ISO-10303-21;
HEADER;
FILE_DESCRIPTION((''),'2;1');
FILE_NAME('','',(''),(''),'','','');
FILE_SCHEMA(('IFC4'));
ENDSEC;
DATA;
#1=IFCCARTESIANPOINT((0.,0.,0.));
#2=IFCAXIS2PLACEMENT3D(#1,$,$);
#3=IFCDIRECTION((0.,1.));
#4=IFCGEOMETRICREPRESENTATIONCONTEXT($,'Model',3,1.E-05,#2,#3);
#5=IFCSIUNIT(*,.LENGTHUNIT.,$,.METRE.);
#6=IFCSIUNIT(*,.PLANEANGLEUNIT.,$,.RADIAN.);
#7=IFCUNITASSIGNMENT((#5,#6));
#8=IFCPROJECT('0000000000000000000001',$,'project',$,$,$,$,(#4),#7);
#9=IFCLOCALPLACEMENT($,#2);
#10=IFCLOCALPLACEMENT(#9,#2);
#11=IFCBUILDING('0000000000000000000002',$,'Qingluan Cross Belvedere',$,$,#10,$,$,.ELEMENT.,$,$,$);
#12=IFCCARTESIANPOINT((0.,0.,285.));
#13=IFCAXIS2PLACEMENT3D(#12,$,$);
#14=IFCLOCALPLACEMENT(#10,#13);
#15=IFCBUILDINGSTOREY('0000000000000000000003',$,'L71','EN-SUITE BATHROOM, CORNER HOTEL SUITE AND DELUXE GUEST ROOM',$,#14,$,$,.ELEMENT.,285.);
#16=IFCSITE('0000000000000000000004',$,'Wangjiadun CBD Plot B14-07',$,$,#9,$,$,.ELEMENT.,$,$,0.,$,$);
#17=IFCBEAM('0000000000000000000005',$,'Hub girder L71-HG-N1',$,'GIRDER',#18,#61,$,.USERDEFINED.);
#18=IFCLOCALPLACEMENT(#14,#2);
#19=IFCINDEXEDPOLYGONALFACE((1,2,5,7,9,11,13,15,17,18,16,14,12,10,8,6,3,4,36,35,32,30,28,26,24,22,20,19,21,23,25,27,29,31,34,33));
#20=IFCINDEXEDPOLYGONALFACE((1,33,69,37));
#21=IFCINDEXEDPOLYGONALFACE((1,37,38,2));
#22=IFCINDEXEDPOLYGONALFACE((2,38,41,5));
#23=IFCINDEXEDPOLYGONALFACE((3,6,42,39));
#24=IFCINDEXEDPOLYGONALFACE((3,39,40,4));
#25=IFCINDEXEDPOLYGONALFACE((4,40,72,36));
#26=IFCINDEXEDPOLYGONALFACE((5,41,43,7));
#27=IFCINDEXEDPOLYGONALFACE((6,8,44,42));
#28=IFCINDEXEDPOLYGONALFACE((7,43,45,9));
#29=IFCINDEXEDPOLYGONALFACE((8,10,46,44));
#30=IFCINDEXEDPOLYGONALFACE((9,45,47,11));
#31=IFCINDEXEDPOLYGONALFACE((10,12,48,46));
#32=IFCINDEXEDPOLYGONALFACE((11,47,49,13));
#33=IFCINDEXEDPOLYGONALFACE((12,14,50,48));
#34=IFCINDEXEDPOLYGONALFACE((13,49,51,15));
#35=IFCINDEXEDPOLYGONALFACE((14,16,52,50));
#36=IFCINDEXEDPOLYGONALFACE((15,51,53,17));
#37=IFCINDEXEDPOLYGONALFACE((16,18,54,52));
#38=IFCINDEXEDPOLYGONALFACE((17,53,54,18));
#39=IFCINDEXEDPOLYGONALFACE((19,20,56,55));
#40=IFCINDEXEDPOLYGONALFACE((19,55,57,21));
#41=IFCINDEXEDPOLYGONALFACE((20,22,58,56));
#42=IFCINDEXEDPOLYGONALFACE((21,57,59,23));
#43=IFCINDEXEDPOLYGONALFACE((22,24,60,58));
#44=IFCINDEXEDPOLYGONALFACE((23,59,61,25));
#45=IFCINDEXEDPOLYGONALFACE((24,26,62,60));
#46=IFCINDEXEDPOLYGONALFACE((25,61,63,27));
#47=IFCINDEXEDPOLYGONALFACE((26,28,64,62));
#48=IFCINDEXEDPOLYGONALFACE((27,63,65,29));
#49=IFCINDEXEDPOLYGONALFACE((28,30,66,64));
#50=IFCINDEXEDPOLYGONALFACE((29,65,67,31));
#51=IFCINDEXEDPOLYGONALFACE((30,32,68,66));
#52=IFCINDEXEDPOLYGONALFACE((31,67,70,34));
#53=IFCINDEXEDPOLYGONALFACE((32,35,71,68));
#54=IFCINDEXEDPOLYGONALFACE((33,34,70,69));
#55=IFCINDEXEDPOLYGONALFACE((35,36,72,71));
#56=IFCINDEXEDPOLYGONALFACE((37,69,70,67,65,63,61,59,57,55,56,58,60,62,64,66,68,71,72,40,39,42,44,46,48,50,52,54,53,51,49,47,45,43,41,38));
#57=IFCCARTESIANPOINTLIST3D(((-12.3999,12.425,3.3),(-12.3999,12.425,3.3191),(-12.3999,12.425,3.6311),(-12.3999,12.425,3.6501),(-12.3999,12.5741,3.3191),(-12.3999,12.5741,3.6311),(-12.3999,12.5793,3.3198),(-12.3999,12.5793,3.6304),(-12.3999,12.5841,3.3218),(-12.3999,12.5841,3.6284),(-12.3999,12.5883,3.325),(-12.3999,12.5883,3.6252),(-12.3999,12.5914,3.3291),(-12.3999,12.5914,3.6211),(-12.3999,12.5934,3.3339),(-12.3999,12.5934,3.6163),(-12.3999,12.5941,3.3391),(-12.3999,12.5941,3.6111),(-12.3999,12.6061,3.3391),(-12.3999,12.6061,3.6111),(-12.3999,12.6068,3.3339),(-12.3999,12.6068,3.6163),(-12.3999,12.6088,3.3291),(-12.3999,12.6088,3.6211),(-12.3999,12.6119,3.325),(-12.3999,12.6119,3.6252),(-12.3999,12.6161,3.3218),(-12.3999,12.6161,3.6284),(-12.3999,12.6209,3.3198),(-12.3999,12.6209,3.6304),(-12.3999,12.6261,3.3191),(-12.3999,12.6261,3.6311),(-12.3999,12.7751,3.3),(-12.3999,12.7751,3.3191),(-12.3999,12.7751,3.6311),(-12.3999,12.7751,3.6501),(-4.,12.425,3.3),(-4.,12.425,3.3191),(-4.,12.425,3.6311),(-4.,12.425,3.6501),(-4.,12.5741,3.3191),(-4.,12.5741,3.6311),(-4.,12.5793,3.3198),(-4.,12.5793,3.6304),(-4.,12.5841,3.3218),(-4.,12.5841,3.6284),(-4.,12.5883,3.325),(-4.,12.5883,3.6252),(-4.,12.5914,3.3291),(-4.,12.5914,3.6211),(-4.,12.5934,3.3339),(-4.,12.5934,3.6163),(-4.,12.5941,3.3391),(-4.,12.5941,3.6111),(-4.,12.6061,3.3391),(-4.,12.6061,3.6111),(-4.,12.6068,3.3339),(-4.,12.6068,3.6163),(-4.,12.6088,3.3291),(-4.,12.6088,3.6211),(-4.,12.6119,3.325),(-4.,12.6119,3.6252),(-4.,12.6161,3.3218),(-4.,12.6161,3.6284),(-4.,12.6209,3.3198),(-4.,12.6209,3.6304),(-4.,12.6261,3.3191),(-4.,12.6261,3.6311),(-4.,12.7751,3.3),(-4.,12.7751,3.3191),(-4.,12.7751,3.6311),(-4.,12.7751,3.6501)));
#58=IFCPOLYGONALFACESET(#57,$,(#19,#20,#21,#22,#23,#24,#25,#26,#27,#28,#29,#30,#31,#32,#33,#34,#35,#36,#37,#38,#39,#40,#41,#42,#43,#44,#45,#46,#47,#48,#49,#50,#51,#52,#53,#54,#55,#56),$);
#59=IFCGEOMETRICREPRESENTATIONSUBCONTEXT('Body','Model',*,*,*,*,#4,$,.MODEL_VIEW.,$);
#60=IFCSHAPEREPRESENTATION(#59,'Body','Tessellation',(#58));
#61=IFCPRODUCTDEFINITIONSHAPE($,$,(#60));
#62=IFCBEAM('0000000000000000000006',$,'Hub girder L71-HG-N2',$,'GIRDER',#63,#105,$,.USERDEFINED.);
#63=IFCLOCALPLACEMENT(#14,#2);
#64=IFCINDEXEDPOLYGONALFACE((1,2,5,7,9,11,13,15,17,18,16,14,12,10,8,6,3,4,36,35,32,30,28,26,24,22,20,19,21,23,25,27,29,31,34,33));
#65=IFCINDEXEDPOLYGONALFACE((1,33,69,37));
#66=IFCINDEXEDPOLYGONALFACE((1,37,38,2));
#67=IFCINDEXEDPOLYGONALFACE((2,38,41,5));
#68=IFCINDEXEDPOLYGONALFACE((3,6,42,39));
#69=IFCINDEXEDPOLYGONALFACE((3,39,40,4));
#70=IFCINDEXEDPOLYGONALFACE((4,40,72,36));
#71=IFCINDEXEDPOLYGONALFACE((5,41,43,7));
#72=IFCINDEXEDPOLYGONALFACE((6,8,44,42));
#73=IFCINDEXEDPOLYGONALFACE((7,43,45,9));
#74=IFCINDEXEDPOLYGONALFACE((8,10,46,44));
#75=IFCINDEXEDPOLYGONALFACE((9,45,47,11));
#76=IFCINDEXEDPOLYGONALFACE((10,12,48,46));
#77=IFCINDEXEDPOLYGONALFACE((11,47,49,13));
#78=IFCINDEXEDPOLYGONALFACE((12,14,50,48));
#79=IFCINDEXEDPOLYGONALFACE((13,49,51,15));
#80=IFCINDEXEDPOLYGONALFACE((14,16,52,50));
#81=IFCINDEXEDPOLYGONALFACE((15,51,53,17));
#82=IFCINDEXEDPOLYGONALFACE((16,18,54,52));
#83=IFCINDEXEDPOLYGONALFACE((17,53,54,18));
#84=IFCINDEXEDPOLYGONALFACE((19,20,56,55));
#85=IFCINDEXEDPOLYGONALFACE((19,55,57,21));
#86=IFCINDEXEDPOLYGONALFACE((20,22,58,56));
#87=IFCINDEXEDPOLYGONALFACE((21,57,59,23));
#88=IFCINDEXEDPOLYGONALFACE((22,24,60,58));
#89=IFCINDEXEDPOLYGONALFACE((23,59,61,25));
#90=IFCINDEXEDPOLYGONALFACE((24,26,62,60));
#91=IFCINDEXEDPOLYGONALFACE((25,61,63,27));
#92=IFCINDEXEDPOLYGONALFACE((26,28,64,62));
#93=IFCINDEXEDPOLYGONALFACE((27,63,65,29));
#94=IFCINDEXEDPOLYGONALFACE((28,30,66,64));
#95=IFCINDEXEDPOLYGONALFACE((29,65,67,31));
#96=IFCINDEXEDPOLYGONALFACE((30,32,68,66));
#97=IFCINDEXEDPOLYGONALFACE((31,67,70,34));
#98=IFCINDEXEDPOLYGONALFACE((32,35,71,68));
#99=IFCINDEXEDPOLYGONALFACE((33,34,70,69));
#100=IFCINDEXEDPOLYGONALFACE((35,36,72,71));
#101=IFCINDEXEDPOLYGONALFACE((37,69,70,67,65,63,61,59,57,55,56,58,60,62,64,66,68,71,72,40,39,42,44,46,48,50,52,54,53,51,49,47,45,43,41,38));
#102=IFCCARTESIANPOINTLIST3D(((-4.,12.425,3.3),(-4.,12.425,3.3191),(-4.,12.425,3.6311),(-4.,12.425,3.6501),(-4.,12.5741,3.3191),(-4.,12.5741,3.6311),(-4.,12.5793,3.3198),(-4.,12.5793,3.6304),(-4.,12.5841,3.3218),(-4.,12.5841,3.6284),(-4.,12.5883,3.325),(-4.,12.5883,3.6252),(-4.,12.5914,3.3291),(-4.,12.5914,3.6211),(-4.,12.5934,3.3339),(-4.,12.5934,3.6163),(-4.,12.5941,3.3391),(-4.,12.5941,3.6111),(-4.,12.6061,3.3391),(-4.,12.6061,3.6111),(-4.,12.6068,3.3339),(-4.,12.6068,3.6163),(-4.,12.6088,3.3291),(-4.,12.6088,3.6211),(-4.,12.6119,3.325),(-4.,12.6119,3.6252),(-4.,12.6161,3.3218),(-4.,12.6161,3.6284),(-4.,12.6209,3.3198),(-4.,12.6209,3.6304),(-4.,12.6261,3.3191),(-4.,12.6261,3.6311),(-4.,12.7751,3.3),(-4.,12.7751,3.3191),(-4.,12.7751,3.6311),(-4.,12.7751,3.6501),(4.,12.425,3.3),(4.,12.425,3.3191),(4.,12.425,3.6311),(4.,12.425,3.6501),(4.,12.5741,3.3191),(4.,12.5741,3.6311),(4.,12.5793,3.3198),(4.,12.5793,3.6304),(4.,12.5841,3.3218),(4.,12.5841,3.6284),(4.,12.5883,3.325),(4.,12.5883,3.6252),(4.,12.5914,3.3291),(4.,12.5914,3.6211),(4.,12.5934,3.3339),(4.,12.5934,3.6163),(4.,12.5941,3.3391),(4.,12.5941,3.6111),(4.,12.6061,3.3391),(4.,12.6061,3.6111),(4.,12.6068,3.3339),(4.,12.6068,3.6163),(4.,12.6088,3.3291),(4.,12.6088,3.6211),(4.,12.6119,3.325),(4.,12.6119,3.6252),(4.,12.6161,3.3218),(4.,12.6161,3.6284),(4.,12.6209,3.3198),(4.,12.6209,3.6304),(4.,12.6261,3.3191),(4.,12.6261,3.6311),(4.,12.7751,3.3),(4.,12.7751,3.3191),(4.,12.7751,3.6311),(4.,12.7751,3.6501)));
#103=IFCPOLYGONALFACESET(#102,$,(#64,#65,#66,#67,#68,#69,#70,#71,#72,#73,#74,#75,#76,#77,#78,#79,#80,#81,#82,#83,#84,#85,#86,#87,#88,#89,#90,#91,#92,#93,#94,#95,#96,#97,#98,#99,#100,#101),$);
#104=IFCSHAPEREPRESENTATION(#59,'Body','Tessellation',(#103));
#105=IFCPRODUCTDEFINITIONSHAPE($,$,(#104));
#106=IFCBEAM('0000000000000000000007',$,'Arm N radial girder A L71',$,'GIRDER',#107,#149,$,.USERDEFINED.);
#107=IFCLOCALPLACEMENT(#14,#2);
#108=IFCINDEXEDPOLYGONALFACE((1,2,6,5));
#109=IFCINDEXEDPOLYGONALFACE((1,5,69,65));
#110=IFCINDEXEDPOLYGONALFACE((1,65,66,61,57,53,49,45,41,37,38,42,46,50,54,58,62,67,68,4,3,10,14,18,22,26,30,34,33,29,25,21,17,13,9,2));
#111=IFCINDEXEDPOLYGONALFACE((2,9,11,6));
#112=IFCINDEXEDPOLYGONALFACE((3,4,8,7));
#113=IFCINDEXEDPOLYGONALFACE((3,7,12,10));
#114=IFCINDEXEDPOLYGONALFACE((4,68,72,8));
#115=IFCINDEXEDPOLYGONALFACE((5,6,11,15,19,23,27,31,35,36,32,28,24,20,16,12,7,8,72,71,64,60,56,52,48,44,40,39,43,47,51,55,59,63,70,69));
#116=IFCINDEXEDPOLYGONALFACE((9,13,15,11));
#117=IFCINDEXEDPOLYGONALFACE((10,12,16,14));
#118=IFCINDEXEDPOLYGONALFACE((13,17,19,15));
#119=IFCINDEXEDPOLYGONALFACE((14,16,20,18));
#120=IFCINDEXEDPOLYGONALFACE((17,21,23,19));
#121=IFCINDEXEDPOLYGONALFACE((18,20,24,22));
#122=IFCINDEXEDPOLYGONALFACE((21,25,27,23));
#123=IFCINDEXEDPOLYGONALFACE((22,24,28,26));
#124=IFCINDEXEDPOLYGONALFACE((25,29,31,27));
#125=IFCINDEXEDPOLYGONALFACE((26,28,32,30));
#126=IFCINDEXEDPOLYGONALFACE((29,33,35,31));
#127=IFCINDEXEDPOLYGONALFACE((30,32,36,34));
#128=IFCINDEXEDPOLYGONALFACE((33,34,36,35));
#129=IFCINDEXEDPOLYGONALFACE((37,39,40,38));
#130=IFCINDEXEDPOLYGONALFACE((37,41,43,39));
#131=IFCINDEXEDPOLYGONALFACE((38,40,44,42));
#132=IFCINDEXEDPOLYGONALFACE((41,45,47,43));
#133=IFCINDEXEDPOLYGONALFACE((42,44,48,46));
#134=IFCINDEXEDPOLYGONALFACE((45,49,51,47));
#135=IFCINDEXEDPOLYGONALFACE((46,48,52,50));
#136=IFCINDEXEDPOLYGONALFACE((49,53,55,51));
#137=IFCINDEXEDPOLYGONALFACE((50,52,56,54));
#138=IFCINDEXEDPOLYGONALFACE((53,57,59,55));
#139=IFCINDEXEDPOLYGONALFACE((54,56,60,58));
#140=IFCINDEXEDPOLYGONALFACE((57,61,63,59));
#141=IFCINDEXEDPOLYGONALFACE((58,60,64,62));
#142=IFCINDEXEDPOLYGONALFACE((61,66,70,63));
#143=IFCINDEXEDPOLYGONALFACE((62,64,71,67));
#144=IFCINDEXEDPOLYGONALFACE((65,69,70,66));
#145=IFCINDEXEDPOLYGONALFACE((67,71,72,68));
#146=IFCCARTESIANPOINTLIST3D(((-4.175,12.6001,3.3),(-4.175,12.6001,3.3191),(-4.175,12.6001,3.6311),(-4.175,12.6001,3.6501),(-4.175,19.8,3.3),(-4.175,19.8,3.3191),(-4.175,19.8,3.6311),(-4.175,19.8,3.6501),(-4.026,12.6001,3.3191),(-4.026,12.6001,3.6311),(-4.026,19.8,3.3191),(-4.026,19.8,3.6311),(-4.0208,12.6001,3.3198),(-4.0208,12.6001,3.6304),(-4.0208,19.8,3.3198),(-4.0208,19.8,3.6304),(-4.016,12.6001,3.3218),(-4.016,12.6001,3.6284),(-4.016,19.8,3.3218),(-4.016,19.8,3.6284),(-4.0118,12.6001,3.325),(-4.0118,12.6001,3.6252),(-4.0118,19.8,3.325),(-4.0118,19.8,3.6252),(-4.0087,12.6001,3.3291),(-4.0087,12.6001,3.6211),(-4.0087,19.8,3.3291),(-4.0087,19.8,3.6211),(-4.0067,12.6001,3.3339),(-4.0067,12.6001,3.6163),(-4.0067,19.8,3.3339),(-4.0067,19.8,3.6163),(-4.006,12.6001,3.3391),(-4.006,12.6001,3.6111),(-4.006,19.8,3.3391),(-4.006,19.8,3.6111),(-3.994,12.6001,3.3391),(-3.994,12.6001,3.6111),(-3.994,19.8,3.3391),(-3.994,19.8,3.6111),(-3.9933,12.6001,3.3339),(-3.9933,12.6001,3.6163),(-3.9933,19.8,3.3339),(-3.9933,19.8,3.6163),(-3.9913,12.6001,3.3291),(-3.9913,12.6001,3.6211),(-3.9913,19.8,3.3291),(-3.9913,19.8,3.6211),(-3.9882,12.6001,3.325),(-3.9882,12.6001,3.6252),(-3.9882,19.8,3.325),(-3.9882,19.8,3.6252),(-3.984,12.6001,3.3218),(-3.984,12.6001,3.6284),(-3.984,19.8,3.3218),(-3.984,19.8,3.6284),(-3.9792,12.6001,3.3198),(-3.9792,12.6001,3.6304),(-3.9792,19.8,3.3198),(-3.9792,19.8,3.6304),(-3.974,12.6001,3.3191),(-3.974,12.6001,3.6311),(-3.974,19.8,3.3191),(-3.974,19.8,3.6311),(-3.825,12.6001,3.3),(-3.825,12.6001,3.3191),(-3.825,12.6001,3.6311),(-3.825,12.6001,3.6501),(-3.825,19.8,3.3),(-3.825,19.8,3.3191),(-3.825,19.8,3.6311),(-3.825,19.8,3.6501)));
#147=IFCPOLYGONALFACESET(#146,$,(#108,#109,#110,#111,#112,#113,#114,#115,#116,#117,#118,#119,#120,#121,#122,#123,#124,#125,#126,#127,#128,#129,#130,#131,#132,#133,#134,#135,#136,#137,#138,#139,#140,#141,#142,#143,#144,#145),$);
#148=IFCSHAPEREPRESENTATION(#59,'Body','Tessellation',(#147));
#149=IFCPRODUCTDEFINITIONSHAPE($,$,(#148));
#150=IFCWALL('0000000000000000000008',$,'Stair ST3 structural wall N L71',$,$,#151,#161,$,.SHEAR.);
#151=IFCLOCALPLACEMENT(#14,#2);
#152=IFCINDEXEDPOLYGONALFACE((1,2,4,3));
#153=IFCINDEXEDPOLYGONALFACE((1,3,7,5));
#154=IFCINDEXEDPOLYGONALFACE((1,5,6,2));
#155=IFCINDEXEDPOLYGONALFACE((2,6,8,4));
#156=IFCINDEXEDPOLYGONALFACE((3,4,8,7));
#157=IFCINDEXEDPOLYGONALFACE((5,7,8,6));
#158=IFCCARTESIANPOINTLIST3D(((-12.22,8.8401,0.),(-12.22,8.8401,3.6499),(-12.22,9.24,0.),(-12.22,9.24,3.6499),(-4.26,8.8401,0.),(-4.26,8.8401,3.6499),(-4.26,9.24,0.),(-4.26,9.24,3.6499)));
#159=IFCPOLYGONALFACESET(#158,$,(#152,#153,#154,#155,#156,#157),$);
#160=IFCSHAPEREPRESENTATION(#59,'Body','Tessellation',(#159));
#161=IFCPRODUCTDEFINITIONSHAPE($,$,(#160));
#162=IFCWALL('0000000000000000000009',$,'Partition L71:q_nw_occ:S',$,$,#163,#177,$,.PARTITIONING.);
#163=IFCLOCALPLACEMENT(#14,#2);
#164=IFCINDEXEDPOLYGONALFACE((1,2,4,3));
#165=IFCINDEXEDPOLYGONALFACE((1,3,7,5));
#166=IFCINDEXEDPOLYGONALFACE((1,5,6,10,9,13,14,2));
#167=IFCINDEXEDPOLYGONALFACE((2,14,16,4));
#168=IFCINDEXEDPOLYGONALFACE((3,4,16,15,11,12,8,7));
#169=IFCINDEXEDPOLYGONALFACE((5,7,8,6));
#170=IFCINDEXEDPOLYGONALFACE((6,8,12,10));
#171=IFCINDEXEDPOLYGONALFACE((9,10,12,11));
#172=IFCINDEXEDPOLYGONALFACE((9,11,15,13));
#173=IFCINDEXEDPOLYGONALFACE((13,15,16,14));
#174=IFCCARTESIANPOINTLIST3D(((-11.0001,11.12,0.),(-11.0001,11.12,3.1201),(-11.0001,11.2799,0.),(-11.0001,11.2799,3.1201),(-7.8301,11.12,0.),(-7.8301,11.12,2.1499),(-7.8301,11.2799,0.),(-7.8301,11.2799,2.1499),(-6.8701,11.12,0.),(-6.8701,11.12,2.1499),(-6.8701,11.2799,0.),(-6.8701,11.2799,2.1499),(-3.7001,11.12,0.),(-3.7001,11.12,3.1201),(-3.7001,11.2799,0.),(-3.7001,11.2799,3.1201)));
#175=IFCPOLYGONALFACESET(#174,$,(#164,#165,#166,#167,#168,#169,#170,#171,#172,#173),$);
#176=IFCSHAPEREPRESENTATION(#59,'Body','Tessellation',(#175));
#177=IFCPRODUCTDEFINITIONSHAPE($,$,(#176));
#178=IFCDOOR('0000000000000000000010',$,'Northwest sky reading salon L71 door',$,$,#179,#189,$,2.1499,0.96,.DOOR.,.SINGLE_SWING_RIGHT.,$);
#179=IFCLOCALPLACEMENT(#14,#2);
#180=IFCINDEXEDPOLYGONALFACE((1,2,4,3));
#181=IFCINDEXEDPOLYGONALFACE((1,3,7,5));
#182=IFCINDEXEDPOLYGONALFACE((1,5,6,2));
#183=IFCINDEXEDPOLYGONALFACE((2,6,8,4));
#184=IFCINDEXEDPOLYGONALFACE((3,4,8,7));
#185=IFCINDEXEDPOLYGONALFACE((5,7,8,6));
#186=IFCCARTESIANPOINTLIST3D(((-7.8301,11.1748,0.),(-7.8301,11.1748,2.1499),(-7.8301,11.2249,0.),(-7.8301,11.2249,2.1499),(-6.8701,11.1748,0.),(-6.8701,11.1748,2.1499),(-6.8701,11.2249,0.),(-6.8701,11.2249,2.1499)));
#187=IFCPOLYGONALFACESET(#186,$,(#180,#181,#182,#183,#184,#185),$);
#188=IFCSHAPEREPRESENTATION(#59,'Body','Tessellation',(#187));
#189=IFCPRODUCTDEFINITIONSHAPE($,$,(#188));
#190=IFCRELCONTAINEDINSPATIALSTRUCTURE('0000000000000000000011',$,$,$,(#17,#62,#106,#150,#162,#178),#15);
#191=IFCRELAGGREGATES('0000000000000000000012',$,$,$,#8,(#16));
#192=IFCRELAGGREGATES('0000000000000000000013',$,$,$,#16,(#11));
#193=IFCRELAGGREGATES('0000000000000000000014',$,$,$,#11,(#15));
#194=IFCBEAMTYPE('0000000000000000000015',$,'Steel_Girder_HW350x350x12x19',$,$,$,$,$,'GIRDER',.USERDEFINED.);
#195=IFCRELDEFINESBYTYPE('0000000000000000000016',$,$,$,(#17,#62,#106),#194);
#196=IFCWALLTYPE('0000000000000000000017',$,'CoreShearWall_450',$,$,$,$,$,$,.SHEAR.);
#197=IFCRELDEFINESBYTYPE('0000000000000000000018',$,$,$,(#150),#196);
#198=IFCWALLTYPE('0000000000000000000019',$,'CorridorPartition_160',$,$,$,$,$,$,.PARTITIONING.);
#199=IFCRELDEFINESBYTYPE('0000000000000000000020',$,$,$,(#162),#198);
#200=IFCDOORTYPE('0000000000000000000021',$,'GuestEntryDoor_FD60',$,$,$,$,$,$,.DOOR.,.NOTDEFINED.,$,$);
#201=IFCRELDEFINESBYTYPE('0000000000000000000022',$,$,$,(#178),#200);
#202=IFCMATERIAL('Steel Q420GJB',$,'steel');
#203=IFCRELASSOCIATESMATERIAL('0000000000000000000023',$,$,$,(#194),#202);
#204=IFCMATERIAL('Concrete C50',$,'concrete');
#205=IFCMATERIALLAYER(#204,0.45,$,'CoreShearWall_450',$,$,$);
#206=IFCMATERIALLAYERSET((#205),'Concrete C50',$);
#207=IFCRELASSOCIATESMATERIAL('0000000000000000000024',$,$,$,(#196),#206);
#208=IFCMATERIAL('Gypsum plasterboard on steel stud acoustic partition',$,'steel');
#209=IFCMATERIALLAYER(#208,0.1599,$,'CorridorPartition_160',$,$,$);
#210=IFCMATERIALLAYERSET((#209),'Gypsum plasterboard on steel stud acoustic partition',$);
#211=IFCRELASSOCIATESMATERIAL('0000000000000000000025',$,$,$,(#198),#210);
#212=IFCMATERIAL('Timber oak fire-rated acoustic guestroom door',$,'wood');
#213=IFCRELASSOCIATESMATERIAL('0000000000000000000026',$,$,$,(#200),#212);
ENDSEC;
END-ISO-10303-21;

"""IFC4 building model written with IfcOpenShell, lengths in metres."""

from ifc_helpers import new_model, si_unit, direction, frame, frame_2d, origin, origin_2d, place, context, subcontext, project, spatial, rectangle, i_section, extrude, material, layer, layer_set, material_profile, profile_set, type_object, element, fill, save


model = new_model("IFC4")

# Units and contexts
model_context = context("Model", 3, precision=1e-05, world=origin(), true_north=direction((0.0, 1.0)))
body_context = subcontext(model_context, "Body", "Model", "MODEL_VIEW")
ifc_project = project(units=[si_unit("LENGTHUNIT", "METRE"), si_unit("PLANEANGLEUNIT", "RADIAN")], contexts=[model_context])

# Site, building, storey
site_placement = place(None, origin())
site = spatial("IfcSite", under=ifc_project, at=site_placement, Name="Wangjiadun CBD Plot B14-07", CompositionType="ELEMENT", RefElevation=0.0)
building_placement = place(site_placement, origin())
building = spatial("IfcBuilding", under=site, at=building_placement, Name="Qingluan Cross Belvedere", CompositionType="ELEMENT")
storey_placement = place(building_placement, frame((0.0, 0.0, 285.0)))
storey = spatial("IfcBuildingStorey", under=building, at=storey_placement, Name="L71", Description="EN-SUITE BATHROOM, CORNER HOTEL SUITE AND DELUXE GUEST ROOM", CompositionType="ELEMENT", Elevation=285.0)

# Beams
ifc_material_1 = material(Name="Steel Q420GJB", Category="steel")
ifc_material_profile_1 = material_profile(ifc_material_1, i_section(OverallWidth=0.3501, OverallDepth=0.3501, WebThickness=0.012, FlangeThickness=0.019, FilletRadius=0.02, at=origin_2d()), Name="HW350x350x12x19")
ifc_profile_set_1 = profile_set([ifc_material_profile_1], Name="Steel Q420GJB")
beam_type_1 = type_object("IfcBeamType", Name="Steel_Girder_HW350x350x12x19", ElementType="GIRDER", PredefinedType="USERDEFINED", material=ifc_profile_set_1)
beam_1_placement = place(storey_placement, frame((-12.3999, 12.6001, 3.4751), z_axis=(1.0, 0.0, 0.0), x_axis=(0.0, 1.0, 0.0)))
element("IfcBeam", 1, at=beam_1_placement, inside=storey, type_object=beam_type_1, Name="Hub girder L71-HG-N1", ObjectType="GIRDER", PredefinedType="USERDEFINED", context=body_context, shape_type="SweptSolid", body=[
    extrude(i_section(OverallWidth=0.3501, OverallDepth=0.3501, WebThickness=0.012, FlangeThickness=0.019, FilletRadius=0.02, at=origin_2d()), origin(), (0.0, 0.0, 1.0), 8.3999),
])
beam_2_placement = place(storey_placement, frame((-4.0, 12.6001, 3.4751), z_axis=(1.0, 0.0, 0.0), x_axis=(0.0, 1.0, 0.0)))
element("IfcBeam", 2, at=beam_2_placement, inside=storey, type_object=beam_type_1, Name="Hub girder L71-HG-N2", ObjectType="GIRDER", PredefinedType="USERDEFINED", context=body_context, shape_type="SweptSolid", body=[
    extrude(i_section(OverallWidth=0.3501, OverallDepth=0.3501, WebThickness=0.012, FlangeThickness=0.019, FilletRadius=0.02, at=origin_2d()), origin(), (0.0, 0.0, 1.0), 8.0),
])
beam_3_placement = place(storey_placement, frame((-4.0, 12.6001, 3.4751), z_axis=(0.0, 1.0, 0.0), x_axis=(-1.0, 0.0, 0.0)))
element("IfcBeam", 3, at=beam_3_placement, inside=storey, type_object=beam_type_1, Name="Arm N radial girder A L71", ObjectType="GIRDER", PredefinedType="USERDEFINED", context=body_context, shape_type="SweptSolid", body=[
    extrude(i_section(OverallWidth=0.3501, OverallDepth=0.3501, WebThickness=0.012, FlangeThickness=0.019, FilletRadius=0.02, at=origin_2d()), origin(), (0.0, 0.0, 1.0), 7.2),
])

# Wall
ifc_material_2 = material(Name="Concrete C50", Category="concrete")
ifc_layer_1 = layer(ifc_material_2, 0.45, Name="CoreShearWall_450")
ifc_layer_set_1 = layer_set([ifc_layer_1], Name="Concrete C50")
wall_type_1 = type_object("IfcWallType", Name="CoreShearWall_450", PredefinedType="SHEAR", material=ifc_layer_set_1)
wall_1_placement = place(storey_placement, frame((-12.22, 9.04, 0.0), z_axis=(0.0, 0.0, 1.0), x_axis=(1.0, 0.0, 0.0)))
element("IfcWall", 4, at=wall_1_placement, inside=storey, type_object=wall_type_1, Name="Stair ST3 structural wall N L71", PredefinedType="SHEAR", context=body_context, shape_type="SweptSolid", body=[
    extrude(rectangle(XDim=7.96, YDim=0.3999, at=frame_2d((3.98, 0.0))), origin(), (0.0, 0.0, 1.0), 3.6499),
])

# Wall, opening, door
ifc_material_3 = material(Name="Gypsum plasterboard on steel stud acoustic partition", Category="steel")
ifc_layer_2 = layer(ifc_material_3, 0.1599, Name="CorridorPartition_160")
ifc_layer_set_2 = layer_set([ifc_layer_2], Name="Gypsum plasterboard on steel stud acoustic partition")
wall_type_2 = type_object("IfcWallType", Name="CorridorPartition_160", PredefinedType="PARTITIONING", material=ifc_layer_set_2)
wall_2_placement = place(storey_placement, frame((-11.0, 11.2, 0.0), z_axis=(0.0, 0.0, 1.0), x_axis=(1.0, 0.0, 0.0)))
wall_2 = element("IfcWall", 5, at=wall_2_placement, inside=storey, type_object=wall_type_2, Name="Partition L71:q_nw_occ:S", PredefinedType="PARTITIONING", context=body_context, shape_type="SweptSolid", body=[
    extrude(rectangle(XDim=7.3, YDim=0.1599, at=frame_2d((3.6499, 0.0))), origin(), (0.0, 0.0, 1.0), 3.1201),
])
opening_placement = place(wall_2_placement, frame((3.1699, 0.0, 0.0)))
opening = element("IfcOpeningElement", 6, at=opening_placement, cuts=wall_2, PredefinedType="OPENING", context=body_context, shape_type="SweptSolid", body=[
    extrude(rectangle(XDim=0.96, YDim=2.1499, at=frame_2d((0.48, 1.075))), frame((0.0, 0.0898, 0.0), z_axis=(0.0, -1.0, 0.0), x_axis=(1.0, 0.0, 0.0)), (0.0, 0.0, 1.0), 0.1799),
])
ifc_material_4 = material(Name="Timber oak fire-rated acoustic guestroom door", Category="wood")
door_type = type_object("IfcDoorType", Name="GuestEntryDoor_FD60", OperationType="NOTDEFINED", PredefinedType="DOOR", material=ifc_material_4)
door_placement = place(opening_placement, origin())
door = element("IfcDoor", 7, at=door_placement, inside=storey, type_object=door_type, Name="Northwest sky reading salon L71 door", OperationType="SINGLE_SWING_RIGHT", OverallHeight=2.1499, OverallWidth=0.96, PredefinedType="DOOR", context=body_context, shape_type="SweptSolid", body=[
    extrude(rectangle(XDim=0.96, YDim=2.1499, at=frame_2d((0.48, 1.075))), frame((0.0, 0.0249, 0.0), z_axis=(0.0, -1.0, 0.0), x_axis=(1.0, 0.0, 0.0)), (0.0, 0.0, 1.0), 0.05),
])
fill(opening, door)

save(model, "model.ifc")
